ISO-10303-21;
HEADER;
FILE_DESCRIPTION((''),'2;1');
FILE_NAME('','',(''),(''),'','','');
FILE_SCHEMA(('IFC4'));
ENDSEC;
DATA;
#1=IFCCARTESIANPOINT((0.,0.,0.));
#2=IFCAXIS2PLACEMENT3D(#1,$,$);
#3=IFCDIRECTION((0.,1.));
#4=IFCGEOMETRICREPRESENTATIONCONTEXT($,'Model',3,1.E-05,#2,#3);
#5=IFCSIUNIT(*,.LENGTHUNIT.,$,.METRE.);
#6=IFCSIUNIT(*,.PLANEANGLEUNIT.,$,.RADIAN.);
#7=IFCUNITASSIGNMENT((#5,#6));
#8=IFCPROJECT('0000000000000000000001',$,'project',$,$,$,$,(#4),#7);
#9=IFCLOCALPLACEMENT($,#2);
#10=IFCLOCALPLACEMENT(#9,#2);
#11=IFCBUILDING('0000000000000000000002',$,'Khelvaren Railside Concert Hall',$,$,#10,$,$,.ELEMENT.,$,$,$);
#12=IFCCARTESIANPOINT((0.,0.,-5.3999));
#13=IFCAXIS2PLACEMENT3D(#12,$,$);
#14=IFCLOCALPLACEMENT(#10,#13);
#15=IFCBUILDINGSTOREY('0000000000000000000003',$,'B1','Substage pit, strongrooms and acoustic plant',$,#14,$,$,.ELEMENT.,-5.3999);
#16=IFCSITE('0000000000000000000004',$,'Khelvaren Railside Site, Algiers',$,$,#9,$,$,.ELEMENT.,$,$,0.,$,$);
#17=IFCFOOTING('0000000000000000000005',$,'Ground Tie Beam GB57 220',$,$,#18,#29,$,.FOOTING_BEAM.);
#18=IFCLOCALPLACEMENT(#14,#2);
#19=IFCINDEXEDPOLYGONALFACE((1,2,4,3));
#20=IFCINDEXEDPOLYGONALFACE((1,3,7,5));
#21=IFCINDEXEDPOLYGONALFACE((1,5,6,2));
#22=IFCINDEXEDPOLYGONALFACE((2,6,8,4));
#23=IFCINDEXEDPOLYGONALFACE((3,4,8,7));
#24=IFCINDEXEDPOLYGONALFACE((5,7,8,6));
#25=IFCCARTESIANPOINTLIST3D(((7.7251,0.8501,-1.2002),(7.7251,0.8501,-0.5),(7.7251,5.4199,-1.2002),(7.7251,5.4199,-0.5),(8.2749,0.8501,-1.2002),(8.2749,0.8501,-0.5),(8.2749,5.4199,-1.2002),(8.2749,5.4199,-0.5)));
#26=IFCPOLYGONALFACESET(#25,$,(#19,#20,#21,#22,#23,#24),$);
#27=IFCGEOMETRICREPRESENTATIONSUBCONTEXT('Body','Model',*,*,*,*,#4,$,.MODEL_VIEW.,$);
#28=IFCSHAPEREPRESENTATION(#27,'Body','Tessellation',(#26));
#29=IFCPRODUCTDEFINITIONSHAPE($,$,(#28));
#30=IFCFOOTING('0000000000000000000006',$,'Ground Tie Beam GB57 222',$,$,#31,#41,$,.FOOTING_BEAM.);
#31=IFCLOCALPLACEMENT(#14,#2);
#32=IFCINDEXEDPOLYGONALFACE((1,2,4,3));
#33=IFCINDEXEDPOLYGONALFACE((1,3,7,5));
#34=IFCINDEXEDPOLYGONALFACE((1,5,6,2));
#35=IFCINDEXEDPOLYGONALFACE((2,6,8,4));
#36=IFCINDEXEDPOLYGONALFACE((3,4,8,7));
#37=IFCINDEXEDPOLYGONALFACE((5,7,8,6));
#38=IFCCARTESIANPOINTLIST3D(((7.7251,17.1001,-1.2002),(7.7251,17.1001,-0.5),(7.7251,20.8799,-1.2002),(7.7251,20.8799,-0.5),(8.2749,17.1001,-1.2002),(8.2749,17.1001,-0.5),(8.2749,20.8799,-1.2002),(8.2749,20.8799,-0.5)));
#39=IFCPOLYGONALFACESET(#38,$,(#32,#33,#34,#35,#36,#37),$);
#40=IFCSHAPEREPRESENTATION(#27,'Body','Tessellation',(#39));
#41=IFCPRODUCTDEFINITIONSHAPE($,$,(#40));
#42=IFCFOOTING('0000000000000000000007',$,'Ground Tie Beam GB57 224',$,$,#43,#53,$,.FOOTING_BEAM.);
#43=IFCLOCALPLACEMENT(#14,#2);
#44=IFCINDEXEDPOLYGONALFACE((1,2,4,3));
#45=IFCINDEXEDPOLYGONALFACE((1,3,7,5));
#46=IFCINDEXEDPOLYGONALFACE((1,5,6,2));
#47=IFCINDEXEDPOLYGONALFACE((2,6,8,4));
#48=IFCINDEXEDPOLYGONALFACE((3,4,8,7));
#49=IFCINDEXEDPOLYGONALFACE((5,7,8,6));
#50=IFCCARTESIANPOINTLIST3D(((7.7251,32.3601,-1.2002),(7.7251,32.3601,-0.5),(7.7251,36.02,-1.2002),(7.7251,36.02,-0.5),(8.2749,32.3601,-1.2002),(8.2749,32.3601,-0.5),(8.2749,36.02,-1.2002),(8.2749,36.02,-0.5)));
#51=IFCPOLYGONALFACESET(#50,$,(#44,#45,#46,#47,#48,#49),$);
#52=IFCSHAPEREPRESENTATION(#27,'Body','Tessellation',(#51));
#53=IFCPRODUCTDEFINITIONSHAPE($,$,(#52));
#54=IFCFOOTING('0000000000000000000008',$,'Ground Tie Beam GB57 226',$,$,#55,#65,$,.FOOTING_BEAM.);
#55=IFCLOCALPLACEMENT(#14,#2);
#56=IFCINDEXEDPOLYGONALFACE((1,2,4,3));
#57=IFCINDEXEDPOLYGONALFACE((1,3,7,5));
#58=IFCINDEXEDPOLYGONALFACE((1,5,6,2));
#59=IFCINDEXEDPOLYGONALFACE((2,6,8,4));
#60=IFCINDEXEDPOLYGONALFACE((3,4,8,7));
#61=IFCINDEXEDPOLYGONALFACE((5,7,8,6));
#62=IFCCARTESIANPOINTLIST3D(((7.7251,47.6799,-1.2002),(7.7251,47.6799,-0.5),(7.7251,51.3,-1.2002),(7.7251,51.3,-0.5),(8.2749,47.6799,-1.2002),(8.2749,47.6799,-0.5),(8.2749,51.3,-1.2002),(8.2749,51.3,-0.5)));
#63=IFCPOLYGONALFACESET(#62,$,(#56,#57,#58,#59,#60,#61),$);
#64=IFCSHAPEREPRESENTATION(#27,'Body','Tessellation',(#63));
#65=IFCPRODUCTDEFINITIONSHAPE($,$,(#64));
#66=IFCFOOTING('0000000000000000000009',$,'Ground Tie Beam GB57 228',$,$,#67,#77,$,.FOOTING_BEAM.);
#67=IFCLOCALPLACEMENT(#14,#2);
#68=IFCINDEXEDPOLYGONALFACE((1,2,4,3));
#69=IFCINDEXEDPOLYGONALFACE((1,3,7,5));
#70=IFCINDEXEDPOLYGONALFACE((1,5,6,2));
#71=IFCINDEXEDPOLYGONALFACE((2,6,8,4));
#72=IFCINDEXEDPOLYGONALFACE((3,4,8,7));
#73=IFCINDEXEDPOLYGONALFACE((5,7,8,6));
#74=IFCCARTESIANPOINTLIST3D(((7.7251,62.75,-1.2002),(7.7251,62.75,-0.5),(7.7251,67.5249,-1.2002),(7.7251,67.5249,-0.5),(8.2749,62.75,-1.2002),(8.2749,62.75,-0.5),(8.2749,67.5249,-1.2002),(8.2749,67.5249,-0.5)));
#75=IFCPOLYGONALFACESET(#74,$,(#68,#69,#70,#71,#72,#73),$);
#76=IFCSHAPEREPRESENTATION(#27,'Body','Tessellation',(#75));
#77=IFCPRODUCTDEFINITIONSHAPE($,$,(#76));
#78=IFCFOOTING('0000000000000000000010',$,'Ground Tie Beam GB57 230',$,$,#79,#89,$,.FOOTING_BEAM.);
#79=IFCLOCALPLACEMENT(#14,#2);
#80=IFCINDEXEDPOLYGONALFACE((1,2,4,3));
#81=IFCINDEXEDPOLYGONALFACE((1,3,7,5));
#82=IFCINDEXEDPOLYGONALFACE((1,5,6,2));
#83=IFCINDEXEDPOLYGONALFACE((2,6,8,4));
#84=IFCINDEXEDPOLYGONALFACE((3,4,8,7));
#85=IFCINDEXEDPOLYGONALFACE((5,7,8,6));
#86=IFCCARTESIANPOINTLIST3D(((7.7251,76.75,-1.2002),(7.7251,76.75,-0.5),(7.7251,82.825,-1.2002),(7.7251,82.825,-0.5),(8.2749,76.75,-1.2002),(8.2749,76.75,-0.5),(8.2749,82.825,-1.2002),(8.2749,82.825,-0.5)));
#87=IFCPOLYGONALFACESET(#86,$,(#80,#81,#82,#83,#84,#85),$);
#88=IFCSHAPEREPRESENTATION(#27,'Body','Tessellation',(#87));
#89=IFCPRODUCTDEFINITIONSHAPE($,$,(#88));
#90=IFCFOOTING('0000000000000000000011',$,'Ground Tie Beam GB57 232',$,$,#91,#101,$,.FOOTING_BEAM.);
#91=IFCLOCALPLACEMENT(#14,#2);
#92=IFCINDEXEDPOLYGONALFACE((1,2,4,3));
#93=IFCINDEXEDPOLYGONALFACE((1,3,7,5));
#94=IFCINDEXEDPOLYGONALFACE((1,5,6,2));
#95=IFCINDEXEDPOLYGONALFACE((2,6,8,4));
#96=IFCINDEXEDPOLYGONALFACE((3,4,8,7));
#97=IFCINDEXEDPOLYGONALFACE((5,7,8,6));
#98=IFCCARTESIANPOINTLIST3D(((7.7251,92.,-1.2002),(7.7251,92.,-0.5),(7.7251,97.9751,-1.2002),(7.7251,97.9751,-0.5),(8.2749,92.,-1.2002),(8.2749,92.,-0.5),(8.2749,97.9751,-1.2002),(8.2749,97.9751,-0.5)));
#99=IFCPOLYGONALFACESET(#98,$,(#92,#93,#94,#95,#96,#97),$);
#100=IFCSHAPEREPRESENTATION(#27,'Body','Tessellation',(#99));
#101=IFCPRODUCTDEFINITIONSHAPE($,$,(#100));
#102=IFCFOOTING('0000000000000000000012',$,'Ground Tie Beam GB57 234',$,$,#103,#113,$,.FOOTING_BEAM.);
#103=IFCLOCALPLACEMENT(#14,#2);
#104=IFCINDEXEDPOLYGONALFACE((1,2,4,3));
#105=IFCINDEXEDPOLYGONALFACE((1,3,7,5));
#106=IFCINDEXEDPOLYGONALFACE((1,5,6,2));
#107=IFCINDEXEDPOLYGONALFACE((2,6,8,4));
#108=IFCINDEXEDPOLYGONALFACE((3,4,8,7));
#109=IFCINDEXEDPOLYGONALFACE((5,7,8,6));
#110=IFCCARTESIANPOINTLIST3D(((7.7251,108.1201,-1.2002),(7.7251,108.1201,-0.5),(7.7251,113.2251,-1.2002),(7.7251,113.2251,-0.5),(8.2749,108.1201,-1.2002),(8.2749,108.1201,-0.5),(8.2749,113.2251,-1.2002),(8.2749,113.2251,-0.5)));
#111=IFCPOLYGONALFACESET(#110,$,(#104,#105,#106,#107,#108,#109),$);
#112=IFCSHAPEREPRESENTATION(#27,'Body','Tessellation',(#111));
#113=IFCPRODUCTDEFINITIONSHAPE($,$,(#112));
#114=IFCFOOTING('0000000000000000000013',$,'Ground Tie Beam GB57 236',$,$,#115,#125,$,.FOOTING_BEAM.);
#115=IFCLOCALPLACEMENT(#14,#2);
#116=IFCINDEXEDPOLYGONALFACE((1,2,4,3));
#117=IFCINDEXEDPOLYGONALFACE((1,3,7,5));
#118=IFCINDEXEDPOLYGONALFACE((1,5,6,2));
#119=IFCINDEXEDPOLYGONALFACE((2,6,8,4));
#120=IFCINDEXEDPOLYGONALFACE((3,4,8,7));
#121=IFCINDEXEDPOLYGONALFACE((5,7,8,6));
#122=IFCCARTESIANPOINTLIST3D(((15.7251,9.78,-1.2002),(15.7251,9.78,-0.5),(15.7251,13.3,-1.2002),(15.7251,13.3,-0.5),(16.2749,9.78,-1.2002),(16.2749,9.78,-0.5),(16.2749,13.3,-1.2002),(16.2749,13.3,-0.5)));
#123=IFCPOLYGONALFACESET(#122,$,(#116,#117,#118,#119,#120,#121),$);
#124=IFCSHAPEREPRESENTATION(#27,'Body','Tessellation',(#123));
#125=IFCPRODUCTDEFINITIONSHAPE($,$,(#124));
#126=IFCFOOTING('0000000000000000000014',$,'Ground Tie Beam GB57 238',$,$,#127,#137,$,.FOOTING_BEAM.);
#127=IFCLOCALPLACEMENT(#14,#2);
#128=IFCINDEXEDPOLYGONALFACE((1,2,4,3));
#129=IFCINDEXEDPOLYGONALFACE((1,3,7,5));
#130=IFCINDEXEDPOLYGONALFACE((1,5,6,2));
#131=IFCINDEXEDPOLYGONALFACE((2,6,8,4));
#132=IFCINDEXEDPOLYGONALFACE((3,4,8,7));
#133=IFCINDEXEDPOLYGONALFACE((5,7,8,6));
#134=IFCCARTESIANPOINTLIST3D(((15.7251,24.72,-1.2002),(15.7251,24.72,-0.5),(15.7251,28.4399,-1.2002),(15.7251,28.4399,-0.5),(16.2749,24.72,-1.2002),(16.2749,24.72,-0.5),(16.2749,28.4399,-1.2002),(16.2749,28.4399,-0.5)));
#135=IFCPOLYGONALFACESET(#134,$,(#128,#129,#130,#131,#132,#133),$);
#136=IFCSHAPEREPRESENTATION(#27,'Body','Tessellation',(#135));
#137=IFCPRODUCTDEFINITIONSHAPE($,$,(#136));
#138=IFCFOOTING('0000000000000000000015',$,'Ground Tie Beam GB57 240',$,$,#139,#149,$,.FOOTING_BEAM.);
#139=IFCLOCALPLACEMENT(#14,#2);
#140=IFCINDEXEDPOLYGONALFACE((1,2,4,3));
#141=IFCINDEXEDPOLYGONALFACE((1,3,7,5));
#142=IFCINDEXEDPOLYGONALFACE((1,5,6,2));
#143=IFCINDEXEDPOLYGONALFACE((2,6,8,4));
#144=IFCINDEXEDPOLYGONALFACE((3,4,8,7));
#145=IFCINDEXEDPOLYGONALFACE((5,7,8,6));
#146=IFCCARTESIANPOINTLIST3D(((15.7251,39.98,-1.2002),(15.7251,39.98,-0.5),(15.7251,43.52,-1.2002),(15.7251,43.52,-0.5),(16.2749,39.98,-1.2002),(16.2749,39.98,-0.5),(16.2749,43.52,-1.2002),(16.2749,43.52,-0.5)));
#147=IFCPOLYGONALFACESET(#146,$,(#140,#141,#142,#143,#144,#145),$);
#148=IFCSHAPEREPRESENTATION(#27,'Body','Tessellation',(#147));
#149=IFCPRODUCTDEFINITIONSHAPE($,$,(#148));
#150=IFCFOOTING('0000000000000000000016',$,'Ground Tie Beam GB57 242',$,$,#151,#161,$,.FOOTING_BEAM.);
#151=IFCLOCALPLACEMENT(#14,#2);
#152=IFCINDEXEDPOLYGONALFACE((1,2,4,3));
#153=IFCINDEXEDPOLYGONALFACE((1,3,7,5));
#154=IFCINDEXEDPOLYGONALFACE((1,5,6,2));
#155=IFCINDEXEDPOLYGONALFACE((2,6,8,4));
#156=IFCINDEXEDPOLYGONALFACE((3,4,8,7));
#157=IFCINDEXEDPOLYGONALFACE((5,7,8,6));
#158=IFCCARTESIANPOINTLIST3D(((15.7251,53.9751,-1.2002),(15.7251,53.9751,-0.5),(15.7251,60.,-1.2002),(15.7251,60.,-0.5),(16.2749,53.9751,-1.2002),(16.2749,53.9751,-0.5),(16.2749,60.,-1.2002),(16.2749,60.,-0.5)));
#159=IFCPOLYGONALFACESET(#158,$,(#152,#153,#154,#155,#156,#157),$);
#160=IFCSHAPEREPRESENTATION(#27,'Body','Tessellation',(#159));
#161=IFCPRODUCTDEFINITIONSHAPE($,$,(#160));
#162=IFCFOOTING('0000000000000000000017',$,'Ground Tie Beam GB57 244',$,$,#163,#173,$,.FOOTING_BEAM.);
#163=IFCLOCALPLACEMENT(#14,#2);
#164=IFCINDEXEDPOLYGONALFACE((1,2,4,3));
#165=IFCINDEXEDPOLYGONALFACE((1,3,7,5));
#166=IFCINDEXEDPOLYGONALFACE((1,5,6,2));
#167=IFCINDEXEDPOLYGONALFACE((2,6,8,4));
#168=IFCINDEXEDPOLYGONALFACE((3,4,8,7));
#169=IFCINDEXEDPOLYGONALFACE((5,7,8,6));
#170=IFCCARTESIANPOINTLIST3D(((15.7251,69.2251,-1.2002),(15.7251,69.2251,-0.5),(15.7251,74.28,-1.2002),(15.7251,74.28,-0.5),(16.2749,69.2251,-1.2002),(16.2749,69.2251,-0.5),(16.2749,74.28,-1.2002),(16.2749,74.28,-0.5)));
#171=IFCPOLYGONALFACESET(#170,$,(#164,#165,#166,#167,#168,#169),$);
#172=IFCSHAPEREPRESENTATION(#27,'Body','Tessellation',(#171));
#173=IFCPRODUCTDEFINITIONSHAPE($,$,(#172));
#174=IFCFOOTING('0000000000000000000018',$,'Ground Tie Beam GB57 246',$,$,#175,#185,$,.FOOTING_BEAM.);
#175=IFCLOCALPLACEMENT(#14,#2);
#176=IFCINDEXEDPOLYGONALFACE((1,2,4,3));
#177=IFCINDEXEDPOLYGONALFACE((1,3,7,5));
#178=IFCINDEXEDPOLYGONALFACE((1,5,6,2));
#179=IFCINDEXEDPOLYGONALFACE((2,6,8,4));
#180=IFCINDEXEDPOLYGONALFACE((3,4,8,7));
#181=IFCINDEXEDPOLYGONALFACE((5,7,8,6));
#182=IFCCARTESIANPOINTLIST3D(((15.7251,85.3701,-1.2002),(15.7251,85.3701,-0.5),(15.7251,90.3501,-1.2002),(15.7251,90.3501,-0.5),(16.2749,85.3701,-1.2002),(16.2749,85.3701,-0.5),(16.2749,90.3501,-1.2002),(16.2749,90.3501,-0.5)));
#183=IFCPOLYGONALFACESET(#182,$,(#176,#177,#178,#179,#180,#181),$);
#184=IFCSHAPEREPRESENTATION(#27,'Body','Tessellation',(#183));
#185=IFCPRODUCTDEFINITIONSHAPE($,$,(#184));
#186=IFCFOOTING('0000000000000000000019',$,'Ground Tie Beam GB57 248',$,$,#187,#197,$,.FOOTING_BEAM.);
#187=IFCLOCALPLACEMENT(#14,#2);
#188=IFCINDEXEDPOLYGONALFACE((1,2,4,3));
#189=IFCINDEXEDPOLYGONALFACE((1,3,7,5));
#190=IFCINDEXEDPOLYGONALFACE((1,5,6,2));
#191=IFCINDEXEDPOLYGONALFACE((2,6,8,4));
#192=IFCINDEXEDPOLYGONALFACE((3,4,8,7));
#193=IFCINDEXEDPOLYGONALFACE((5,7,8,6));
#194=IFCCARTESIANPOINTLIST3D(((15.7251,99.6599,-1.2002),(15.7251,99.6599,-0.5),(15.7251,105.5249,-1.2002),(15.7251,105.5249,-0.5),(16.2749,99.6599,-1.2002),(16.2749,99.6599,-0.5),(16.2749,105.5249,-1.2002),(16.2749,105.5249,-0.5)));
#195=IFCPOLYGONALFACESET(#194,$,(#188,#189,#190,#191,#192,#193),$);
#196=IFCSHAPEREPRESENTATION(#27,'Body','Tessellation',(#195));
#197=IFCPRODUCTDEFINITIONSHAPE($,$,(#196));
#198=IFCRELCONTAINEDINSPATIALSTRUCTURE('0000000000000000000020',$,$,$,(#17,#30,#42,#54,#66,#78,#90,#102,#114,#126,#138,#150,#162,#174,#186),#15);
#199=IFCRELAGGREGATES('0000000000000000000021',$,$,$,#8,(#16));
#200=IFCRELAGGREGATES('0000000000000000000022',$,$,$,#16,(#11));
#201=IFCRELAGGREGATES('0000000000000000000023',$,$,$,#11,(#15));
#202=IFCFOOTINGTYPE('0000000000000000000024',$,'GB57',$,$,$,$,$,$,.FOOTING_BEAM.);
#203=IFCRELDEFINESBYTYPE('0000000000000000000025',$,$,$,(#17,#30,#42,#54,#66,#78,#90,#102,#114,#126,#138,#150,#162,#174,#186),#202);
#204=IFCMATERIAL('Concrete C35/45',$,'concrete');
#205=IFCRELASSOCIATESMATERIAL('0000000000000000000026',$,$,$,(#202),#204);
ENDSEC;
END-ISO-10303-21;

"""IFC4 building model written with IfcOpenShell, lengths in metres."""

from ifc_helpers import new_model, si_unit, direction, frame, origin, place, context, subcontext, project, spatial, polyline, outline, extrude, material, type_object, element, save


model = new_model("IFC4")

# Units and contexts
model_context = context("Model", 3, precision=1e-05, world=origin(), true_north=direction((0.0, 1.0)))
body_context = subcontext(model_context, "Body", "Model", "MODEL_VIEW")
ifc_project = project(units=[si_unit("LENGTHUNIT", "METRE"), si_unit("PLANEANGLEUNIT", "RADIAN")], contexts=[model_context])

# Site, building, storey
site_placement = place(None, origin())
site = spatial("IfcSite", under=ifc_project, at=site_placement, Name="Khelvaren Railside Site, Algiers", CompositionType="ELEMENT", RefElevation=0.0)
building_placement = place(site_placement, origin())
building = spatial("IfcBuilding", under=site, at=building_placement, Name="Khelvaren Railside Concert Hall", CompositionType="ELEMENT")
storey_placement = place(building_placement, frame((0.0, 0.0, -5.3999)))
storey = spatial("IfcBuildingStorey", under=building, at=storey_placement, Name="B1", Description="Substage pit, strongrooms and acoustic plant", CompositionType="ELEMENT", Elevation=-5.3999)

# Footings
ifc_material = material(Name="Concrete C35/45", Category="concrete")
footing_type = type_object("IfcFootingType", Name="GB57", PredefinedType="FOOTING_BEAM", material=ifc_material)
footing_1_placement = place(storey_placement, frame((0.0, 0.0, -1.2002)))
element("IfcFooting", 1, at=footing_1_placement, inside=storey, type_object=footing_type, Name="Ground Tie Beam GB57 220", PredefinedType="FOOTING_BEAM", context=body_context, shape_type="SweptSolid", body=[
    extrude(outline(polyline([(7.7251, 0.8501), (8.2749, 0.8501), (8.2749, 5.4199), (7.7251, 5.4199), (7.7251, 0.8501)])), origin(), (0.0, 0.0, 1.0), 0.7002),
])
footing_2_placement = place(storey_placement, frame((0.0, 0.0, -1.2002)))
element("IfcFooting", 2, at=footing_2_placement, inside=storey, type_object=footing_type, Name="Ground Tie Beam GB57 222", PredefinedType="FOOTING_BEAM", context=body_context, shape_type="SweptSolid", body=[
    extrude(outline(polyline([(7.7251, 17.1001), (8.2749, 17.1001), (8.2749, 20.8799), (7.7251, 20.8799), (7.7251, 17.1001)])), origin(), (0.0, 0.0, 1.0), 0.7002),
])
footing_3_placement = place(storey_placement, frame((0.0, 0.0, -1.2002)))
element("IfcFooting", 3, at=footing_3_placement, inside=storey, type_object=footing_type, Name="Ground Tie Beam GB57 224", PredefinedType="FOOTING_BEAM", context=body_context, shape_type="SweptSolid", body=[
    extrude(outline(polyline([(7.7251, 32.3601), (8.2749, 32.3601), (8.2749, 36.02), (7.7251, 36.02), (7.7251, 32.3601)])), origin(), (0.0, 0.0, 1.0), 0.7002),
])
footing_4_placement = place(storey_placement, frame((0.0, 0.0, -1.2002)))
element("IfcFooting", 4, at=footing_4_placement, inside=storey, type_object=footing_type, Name="Ground Tie Beam GB57 226", PredefinedType="FOOTING_BEAM", context=body_context, shape_type="SweptSolid", body=[
    extrude(outline(polyline([(7.7251, 47.6799), (8.2749, 47.6799), (8.2749, 51.3), (7.7251, 51.3), (7.7251, 47.6799)])), origin(), (0.0, 0.0, 1.0), 0.7002),
])
footing_5_placement = place(storey_placement, frame((0.0, 0.0, -1.2002)))
element("IfcFooting", 5, at=footing_5_placement, inside=storey, type_object=footing_type, Name="Ground Tie Beam GB57 228", PredefinedType="FOOTING_BEAM", context=body_context, shape_type="SweptSolid", body=[
    extrude(outline(polyline([(7.7251, 62.75), (8.2749, 62.75), (8.2749, 67.5249), (7.7251, 67.5249), (7.7251, 62.75)])), origin(), (0.0, 0.0, 1.0), 0.7002),
])
footing_6_placement = place(storey_placement, frame((0.0, 0.0, -1.2002)))
element("IfcFooting", 6, at=footing_6_placement, inside=storey, type_object=footing_type, Name="Ground Tie Beam GB57 230", PredefinedType="FOOTING_BEAM", context=body_context, shape_type="SweptSolid", body=[
    extrude(outline(polyline([(7.7251, 76.75), (8.2749, 76.75), (8.2749, 82.825), (7.7251, 82.825), (7.7251, 76.75)])), origin(), (0.0, 0.0, 1.0), 0.7002),
])
footing_7_placement = place(storey_placement, frame((0.0, 0.0, -1.2002)))
element("IfcFooting", 7, at=footing_7_placement, inside=storey, type_object=footing_type, Name="Ground Tie Beam GB57 232", PredefinedType="FOOTING_BEAM", context=body_context, shape_type="SweptSolid", body=[
    extrude(outline(polyline([(7.7251, 92.0), (8.2749, 92.0), (8.2749, 97.9751), (7.7251, 97.9751), (7.7251, 92.0)])), origin(), (0.0, 0.0, 1.0), 0.7002),
])
footing_8_placement = place(storey_placement, frame((0.0, 0.0, -1.2002)))
element("IfcFooting", 8, at=footing_8_placement, inside=storey, type_object=footing_type, Name="Ground Tie Beam GB57 234", PredefinedType="FOOTING_BEAM", context=body_context, shape_type="SweptSolid", body=[
    extrude(outline(polyline([(7.7251, 108.1201), (8.2749, 108.1201), (8.2749, 113.2251), (7.7251, 113.2251), (7.7251, 108.1201)])), origin(), (0.0, 0.0, 1.0), 0.7002),
])
footing_9_placement = place(storey_placement, frame((0.0, 0.0, -1.2002)))
element("IfcFooting", 9, at=footing_9_placement, inside=storey, type_object=footing_type, Name="Ground Tie Beam GB57 236", PredefinedType="FOOTING_BEAM", context=body_context, shape_type="SweptSolid", body=[
    extrude(outline(polyline([(15.7251, 9.78), (16.2749, 9.78), (16.2749, 13.3), (15.7251, 13.3), (15.7251, 9.78)])), origin(), (0.0, 0.0, 1.0), 0.7002),
])
footing_10_placement = place(storey_placement, frame((0.0, 0.0, -1.2002)))
element("IfcFooting", 10, at=footing_10_placement, inside=storey, type_object=footing_type, Name="Ground Tie Beam GB57 238", PredefinedType="FOOTING_BEAM", context=body_context, shape_type="SweptSolid", body=[
    extrude(outline(polyline([(15.7251, 24.72), (16.2749, 24.72), (16.2749, 28.4399), (15.7251, 28.4399), (15.7251, 24.72)])), origin(), (0.0, 0.0, 1.0), 0.7002),
])
footing_11_placement = place(storey_placement, frame((0.0, 0.0, -1.2002)))
element("IfcFooting", 11, at=footing_11_placement, inside=storey, type_object=footing_type, Name="Ground Tie Beam GB57 240", PredefinedType="FOOTING_BEAM", context=body_context, shape_type="SweptSolid", body=[
    extrude(outline(polyline([(15.7251, 39.98), (16.2749, 39.98), (16.2749, 43.52), (15.7251, 43.52), (15.7251, 39.98)])), origin(), (0.0, 0.0, 1.0), 0.7002),
])
footing_12_placement = place(storey_placement, frame((0.0, 0.0, -1.2002)))
element("IfcFooting", 12, at=footing_12_placement, inside=storey, type_object=footing_type, Name="Ground Tie Beam GB57 242", PredefinedType="FOOTING_BEAM", context=body_context, shape_type="SweptSolid", body=[
    extrude(outline(polyline([(15.7251, 53.9751), (16.2749, 53.9751), (16.2749, 60.0), (15.7251, 60.0), (15.7251, 53.9751)])), origin(), (0.0, 0.0, 1.0), 0.7002),
])
footing_13_placement = place(storey_placement, frame((0.0, 0.0, -1.2002)))
element("IfcFooting", 13, at=footing_13_placement, inside=storey, type_object=footing_type, Name="Ground Tie Beam GB57 244", PredefinedType="FOOTING_BEAM", context=body_context, shape_type="SweptSolid", body=[
    extrude(outline(polyline([(15.7251, 69.2251), (16.2749, 69.2251), (16.2749, 74.28), (15.7251, 74.28), (15.7251, 69.2251)])), origin(), (0.0, 0.0, 1.0), 0.7002),
])
footing_14_placement = place(storey_placement, frame((0.0, 0.0, -1.2002)))
element("IfcFooting", 14, at=footing_14_placement, inside=storey, type_object=footing_type, Name="Ground Tie Beam GB57 246", PredefinedType="FOOTING_BEAM", context=body_context, shape_type="SweptSolid", body=[
    extrude(outline(polyline([(15.7251, 85.3701), (16.2749, 85.3701), (16.2749, 90.3501), (15.7251, 90.3501), (15.7251, 85.3701)])), origin(), (0.0, 0.0, 1.0), 0.7002),
])
footing_15_placement = place(storey_placement, frame((0.0, 0.0, -1.2002)))
element("IfcFooting", 15, at=footing_15_placement, inside=storey, type_object=footing_type, Name="Ground Tie Beam GB57 248", PredefinedType="FOOTING_BEAM", context=body_context, shape_type="SweptSolid", body=[
    extrude(outline(polyline([(15.7251, 99.6599), (16.2749, 99.6599), (16.2749, 105.5249), (15.7251, 105.5249), (15.7251, 99.6599)])), origin(), (0.0, 0.0, 1.0), 0.7002),
])

save(model, "model.ifc")
